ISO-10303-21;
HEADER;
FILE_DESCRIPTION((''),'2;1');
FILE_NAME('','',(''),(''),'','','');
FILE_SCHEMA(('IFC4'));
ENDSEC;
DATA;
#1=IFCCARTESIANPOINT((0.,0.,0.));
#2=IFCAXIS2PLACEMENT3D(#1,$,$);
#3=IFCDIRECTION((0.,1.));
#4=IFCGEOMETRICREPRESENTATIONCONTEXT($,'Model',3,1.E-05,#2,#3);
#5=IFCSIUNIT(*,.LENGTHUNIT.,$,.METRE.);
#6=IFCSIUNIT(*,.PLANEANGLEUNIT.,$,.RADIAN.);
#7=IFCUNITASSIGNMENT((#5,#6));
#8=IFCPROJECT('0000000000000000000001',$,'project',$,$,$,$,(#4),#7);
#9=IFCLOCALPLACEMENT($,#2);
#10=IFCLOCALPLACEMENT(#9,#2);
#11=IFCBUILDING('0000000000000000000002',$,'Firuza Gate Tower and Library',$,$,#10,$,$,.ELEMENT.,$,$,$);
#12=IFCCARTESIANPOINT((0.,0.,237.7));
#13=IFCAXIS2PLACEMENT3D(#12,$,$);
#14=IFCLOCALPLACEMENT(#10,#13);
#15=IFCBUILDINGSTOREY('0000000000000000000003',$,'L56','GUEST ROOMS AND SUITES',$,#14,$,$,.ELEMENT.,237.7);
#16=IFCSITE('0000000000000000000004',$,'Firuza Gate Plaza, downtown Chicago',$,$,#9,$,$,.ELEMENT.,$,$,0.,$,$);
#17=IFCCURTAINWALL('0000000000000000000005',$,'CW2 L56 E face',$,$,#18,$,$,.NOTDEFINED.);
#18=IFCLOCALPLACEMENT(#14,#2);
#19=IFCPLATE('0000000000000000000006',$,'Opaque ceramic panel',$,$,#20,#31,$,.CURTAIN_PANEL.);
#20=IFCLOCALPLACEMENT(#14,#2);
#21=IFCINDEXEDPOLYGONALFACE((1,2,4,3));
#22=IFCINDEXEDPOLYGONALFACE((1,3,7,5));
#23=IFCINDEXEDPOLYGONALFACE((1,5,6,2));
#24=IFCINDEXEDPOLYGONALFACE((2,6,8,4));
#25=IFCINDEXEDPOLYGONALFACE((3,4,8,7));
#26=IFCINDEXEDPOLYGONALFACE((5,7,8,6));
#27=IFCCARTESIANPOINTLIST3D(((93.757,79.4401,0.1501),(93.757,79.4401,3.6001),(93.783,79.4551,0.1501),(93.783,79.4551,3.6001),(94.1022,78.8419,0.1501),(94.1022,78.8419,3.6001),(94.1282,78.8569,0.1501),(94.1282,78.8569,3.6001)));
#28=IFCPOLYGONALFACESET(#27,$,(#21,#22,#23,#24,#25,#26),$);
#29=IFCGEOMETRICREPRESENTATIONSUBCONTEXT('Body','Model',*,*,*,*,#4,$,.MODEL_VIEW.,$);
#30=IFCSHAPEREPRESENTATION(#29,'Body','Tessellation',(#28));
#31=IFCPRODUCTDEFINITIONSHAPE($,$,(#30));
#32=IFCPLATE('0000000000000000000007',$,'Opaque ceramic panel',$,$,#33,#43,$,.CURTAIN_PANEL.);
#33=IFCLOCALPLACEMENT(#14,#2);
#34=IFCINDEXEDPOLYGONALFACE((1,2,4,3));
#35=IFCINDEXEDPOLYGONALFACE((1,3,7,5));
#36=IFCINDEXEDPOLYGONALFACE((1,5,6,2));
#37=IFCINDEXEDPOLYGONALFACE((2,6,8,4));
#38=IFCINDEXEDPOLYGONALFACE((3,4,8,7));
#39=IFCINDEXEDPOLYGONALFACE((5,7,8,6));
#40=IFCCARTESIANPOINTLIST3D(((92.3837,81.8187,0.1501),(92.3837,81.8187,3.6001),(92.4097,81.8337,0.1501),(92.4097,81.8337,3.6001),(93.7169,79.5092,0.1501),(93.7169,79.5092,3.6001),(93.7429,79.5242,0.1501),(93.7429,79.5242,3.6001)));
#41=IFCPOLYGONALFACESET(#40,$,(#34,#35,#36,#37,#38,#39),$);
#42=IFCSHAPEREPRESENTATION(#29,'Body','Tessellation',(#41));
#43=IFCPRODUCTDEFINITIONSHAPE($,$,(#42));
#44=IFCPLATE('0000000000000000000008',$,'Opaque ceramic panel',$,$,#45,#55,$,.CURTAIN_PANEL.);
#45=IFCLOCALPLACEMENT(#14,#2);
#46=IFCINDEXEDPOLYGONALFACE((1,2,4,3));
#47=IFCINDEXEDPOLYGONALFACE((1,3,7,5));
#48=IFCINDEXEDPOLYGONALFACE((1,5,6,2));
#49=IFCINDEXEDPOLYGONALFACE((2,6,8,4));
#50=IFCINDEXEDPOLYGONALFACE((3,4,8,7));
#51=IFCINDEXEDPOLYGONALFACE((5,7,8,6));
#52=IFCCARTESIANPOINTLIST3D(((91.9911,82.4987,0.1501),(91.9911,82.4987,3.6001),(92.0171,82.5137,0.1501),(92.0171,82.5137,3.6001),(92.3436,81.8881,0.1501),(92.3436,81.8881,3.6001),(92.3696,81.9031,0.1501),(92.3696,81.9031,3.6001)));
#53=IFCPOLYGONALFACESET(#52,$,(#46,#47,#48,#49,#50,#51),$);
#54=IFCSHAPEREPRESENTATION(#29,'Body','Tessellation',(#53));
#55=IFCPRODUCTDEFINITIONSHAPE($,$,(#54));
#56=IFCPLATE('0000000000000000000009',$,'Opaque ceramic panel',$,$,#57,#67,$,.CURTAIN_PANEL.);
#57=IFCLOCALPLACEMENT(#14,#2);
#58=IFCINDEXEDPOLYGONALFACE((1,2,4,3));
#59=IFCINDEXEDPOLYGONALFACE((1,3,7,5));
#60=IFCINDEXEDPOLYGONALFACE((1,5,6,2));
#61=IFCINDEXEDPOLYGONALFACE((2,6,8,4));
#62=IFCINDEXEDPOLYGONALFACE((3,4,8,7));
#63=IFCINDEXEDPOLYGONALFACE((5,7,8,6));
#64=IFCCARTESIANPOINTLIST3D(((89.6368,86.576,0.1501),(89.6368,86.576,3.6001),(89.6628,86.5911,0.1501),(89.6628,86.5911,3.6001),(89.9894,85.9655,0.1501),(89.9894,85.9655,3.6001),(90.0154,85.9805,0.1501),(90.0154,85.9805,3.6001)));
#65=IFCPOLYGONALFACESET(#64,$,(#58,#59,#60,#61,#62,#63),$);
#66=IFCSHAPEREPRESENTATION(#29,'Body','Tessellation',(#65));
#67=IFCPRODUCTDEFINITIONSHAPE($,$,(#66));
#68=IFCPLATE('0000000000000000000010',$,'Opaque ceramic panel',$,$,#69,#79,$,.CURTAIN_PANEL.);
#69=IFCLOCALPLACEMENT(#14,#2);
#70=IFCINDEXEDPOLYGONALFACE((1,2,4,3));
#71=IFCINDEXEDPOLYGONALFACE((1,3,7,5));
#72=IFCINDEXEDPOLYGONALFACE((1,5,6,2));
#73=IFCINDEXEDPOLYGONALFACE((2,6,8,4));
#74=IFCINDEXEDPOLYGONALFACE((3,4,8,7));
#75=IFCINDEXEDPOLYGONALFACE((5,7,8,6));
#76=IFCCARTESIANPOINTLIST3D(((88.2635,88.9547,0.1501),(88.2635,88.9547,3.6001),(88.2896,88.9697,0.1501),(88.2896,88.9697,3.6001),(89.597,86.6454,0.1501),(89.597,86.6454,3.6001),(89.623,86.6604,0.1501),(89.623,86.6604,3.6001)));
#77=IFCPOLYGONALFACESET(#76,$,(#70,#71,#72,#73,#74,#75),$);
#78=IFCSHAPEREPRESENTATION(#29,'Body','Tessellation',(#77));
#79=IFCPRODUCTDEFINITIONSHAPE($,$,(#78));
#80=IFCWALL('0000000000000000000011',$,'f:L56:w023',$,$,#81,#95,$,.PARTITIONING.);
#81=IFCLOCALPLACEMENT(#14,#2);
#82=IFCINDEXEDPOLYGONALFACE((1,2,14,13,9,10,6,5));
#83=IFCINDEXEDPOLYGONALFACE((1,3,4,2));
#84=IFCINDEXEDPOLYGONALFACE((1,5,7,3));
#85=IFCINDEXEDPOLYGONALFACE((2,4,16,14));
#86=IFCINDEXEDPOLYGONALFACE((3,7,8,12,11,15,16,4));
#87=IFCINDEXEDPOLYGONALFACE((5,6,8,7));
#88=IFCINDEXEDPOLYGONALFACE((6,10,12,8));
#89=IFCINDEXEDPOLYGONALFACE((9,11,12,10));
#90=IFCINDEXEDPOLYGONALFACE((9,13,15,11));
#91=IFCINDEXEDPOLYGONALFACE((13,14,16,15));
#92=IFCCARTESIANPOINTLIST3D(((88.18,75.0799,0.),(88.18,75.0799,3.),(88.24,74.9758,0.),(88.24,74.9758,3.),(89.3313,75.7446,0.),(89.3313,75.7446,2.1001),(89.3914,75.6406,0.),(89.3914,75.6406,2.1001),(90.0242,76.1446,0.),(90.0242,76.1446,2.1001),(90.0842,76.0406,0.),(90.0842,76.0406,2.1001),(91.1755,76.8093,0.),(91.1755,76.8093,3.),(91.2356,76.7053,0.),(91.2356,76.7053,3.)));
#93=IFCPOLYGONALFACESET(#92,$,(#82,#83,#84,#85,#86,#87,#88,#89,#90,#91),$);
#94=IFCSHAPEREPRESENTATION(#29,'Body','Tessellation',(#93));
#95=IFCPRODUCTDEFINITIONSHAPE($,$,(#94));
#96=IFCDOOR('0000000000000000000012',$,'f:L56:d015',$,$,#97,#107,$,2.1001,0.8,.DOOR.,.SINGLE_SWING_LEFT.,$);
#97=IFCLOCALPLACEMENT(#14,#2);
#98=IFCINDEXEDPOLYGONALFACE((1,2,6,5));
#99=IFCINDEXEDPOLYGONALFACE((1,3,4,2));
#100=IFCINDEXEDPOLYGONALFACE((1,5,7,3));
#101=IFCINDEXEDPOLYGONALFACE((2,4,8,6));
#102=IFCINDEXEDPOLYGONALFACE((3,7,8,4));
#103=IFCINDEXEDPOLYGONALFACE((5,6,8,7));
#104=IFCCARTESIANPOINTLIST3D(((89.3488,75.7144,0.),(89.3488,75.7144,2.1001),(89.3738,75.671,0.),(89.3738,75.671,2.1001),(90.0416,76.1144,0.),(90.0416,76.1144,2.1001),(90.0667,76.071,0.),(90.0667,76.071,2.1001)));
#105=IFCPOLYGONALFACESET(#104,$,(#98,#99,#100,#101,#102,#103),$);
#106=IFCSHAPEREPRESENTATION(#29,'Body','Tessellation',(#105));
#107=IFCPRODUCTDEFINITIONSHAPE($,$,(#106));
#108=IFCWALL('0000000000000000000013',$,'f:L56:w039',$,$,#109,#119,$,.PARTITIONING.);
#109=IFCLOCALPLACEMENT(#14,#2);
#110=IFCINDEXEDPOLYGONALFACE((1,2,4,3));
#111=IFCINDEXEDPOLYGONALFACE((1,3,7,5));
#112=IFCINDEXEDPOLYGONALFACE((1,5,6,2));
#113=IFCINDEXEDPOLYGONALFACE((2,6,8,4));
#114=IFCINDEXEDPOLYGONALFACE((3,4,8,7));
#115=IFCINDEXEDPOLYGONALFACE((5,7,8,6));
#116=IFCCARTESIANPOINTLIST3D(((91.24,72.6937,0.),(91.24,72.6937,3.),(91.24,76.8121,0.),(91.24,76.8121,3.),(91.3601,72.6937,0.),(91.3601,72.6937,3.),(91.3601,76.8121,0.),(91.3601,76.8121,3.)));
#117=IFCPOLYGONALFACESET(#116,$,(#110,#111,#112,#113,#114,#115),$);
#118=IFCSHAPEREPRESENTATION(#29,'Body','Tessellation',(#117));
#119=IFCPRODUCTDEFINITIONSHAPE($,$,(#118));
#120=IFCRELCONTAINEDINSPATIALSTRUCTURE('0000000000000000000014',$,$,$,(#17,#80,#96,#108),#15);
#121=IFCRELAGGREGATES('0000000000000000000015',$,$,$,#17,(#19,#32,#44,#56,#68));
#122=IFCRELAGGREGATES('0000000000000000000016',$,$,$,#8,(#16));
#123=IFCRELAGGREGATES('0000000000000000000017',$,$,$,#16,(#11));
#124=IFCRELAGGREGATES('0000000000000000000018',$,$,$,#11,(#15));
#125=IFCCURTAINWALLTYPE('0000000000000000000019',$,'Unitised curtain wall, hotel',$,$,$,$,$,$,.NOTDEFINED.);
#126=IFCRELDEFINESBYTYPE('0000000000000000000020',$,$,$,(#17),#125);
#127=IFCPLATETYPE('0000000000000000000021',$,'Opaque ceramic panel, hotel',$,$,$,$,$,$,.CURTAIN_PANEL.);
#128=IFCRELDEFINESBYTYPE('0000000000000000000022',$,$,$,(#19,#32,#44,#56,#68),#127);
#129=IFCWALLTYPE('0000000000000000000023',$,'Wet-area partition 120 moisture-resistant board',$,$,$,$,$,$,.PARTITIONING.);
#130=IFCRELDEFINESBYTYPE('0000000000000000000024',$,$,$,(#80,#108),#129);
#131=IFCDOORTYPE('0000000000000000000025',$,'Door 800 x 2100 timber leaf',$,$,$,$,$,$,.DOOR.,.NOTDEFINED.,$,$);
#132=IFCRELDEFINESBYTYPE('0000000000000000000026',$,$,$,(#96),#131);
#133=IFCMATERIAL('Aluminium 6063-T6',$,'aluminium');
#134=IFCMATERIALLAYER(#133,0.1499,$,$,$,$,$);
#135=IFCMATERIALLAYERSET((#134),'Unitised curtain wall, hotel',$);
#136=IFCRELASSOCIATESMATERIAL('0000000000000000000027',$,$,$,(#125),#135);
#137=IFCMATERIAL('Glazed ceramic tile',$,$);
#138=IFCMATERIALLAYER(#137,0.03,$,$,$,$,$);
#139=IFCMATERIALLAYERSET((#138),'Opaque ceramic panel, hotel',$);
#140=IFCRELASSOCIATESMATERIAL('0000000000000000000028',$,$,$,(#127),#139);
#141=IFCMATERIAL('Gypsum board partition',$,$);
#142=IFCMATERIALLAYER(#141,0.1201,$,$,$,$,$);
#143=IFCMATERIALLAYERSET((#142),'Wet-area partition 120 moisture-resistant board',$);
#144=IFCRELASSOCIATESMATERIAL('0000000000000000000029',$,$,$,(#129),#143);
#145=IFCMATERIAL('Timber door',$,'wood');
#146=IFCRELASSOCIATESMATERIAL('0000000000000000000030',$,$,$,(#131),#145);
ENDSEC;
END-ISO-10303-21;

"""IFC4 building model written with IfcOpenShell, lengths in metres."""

from ifc_helpers import new_model, si_unit, direction, frame, frame_2d, origin, place, context, subcontext, project, spatial, polyline, rectangle, outline, extrude, material, layer, layer_set, type_object, element, fill, aggregate, save


model = new_model("IFC4")

# Units and contexts
model_context = context("Model", 3, precision=1e-05, world=origin(), true_north=direction((0.0, 1.0)))
body_context = subcontext(model_context, "Body", "Model", "MODEL_VIEW")
ifc_project = project(units=[si_unit("LENGTHUNIT", "METRE"), si_unit("PLANEANGLEUNIT", "RADIAN")], contexts=[model_context])

# Site, building, storey
site_placement = place(None, origin())
site = spatial("IfcSite", under=ifc_project, at=site_placement, Name="Firuza Gate Plaza, downtown Chicago", CompositionType="ELEMENT", RefElevation=0.0)
building_placement = place(site_placement, origin())
building = spatial("IfcBuilding", under=site, at=building_placement, Name="Firuza Gate Tower and Library", CompositionType="ELEMENT")
storey_placement = place(building_placement, frame((0.0, 0.0, 237.7)))
storey = spatial("IfcBuildingStorey", under=building, at=storey_placement, Name="L56", Description="GUEST ROOMS AND SUITES", CompositionType="ELEMENT", Elevation=237.7)

# Curtain wall
ifc_material_1 = material(Name="Aluminium 6063-T6", Category="aluminium")
ifc_layer_1 = layer(ifc_material_1, 0.1499)
ifc_layer_set_1 = layer_set([ifc_layer_1], Name="Unitised curtain wall, hotel")
curtain_wall_type = type_object("IfcCurtainWallType", Name="Unitised curtain wall, hotel", PredefinedType="NOTDEFINED", material=ifc_layer_set_1)
curtain_wall_placement = place(storey_placement, origin())
curtain_wall = element("IfcCurtainWall", 1, at=curtain_wall_placement, inside=storey, type_object=curtain_wall_type, Name="CW2 L56 E face", PredefinedType="NOTDEFINED")

# Plates
ifc_material_2 = material(Name="Glazed ceramic tile")
ifc_layer_2 = layer(ifc_material_2, 0.03)
ifc_layer_set_2 = layer_set([ifc_layer_2], Name="Opaque ceramic panel, hotel")
plate_type_1 = type_object("IfcPlateType", Name="Opaque ceramic panel, hotel", PredefinedType="CURTAIN_PANEL", material=ifc_layer_set_2)
plate_1_placement = place(storey_placement, frame((94.1282, 78.8569, 0.1501), z_axis=(0.866103, 0.499865, 0.0), x_axis=(-0.499865, 0.866103, 0.0)))
plate_1 = element("IfcPlate", 2, at=plate_1_placement, type_object=plate_type_1, Name="Opaque ceramic panel", PredefinedType="CURTAIN_PANEL", context=body_context, shape_type="SweptSolid", body=[
    extrude(outline(polyline([(0.0, 0.0), (0.6906, 0.0), (0.6906, 3.45), (0.0, 3.45), (0.0, 0.0)])), origin(), (0.0, 0.0, -1.0), 0.03),
])
plate_2_placement = place(storey_placement, frame((93.7429, 79.5242, 0.1501), z_axis=(0.866054, 0.49995, 0.0), x_axis=(-0.49995, 0.866054, 0.0)))
plate_2 = element("IfcPlate", 3, at=plate_2_placement, type_object=plate_type_1, Name="Opaque ceramic panel", PredefinedType="CURTAIN_PANEL", context=body_context, shape_type="SweptSolid", body=[
    extrude(outline(polyline([(0.0, 0.0), (2.6668, 0.0), (2.6668, 3.45), (0.0, 3.45), (0.0, 0.0)])), origin(), (0.0, 0.0, -1.0), 0.03),
])
plate_3_placement = place(storey_placement, frame((92.3696, 81.9031, 0.1501), z_axis=(0.866018, 0.500012, 0.0), x_axis=(-0.500012, 0.866018, 0.0)))
plate_3 = element("IfcPlate", 4, at=plate_3_placement, type_object=plate_type_1, Name="Opaque ceramic panel", PredefinedType="CURTAIN_PANEL", context=body_context, shape_type="SweptSolid", body=[
    extrude(outline(polyline([(0.0, 0.0), (0.7051, 0.0), (0.7051, 3.45), (0.0, 3.45), (0.0, 0.0)])), origin(), (0.0, 0.0, -1.0), 0.03),
])
plate_4_placement = place(storey_placement, frame((90.0154, 85.9805, 0.1501), z_axis=(0.866018, 0.500012, 0.0), x_axis=(-0.500012, 0.866018, 0.0)))
plate_4 = element("IfcPlate", 5, at=plate_4_placement, type_object=plate_type_1, Name="Opaque ceramic panel", PredefinedType="CURTAIN_PANEL", context=body_context, shape_type="SweptSolid", body=[
    extrude(outline(polyline([(0.0, 0.0), (0.7051, 0.0), (0.7051, 3.45), (0.0, 3.45), (0.0, 0.0)])), origin(), (0.0, 0.0, -1.0), 0.03),
])
plate_5_placement = place(storey_placement, frame((89.623, 86.6604, 0.1501), z_axis=(0.865992, 0.500058, 0.0), x_axis=(-0.500058, 0.865992, 0.0)))
plate_5 = element("IfcPlate", 6, at=plate_5_placement, type_object=plate_type_1, Name="Opaque ceramic panel", PredefinedType="CURTAIN_PANEL", context=body_context, shape_type="SweptSolid", body=[
    extrude(outline(polyline([(0.0, 0.0), (2.6667, 0.0), (2.6667, 3.45), (0.0, 3.45), (0.0, 0.0)])), origin(), (0.0, 0.0, -1.0), 0.03),
])
aggregate(curtain_wall, [plate_1, plate_2, plate_3, plate_4, plate_5])

# Wall, opening, door
ifc_material_3 = material(Name="Gypsum board partition")
ifc_layer_3 = layer(ifc_material_3, 0.1201)
ifc_layer_set_3 = layer_set([ifc_layer_3], Name="Wet-area partition 120 moisture-resistant board")
wall_type = type_object("IfcWallType", Name="Wet-area partition 120 moisture-resistant board", PredefinedType="PARTITIONING", material=ifc_layer_set_3)
wall_1_placement = place(storey_placement, frame((91.2056, 76.7573, 0.0), z_axis=(0.0, 0.0, 1.0), x_axis=(-0.866028, -0.499995, 0.0)))
wall_1 = element("IfcWall", 7, at=wall_1_placement, inside=storey, type_object=wall_type, Name="f:L56:w023", PredefinedType="PARTITIONING", context=body_context, shape_type="SweptSolid", body=[
    extrude(rectangle(XDim=3.459, YDim=0.1201, at=frame_2d((1.7295, 0.0))), origin(), (0.0, 0.0, 1.0), 3.0),
])
opening_placement = place(wall_1_placement, frame((1.3296, 0.0, 0.0)))
opening = element("IfcOpeningElement", 8, at=opening_placement, cuts=wall_1, PredefinedType="OPENING", context=body_context, shape_type="SweptSolid", body=[
    extrude(rectangle(XDim=0.8, YDim=2.1001, at=frame_2d((0.3999, 1.05))), frame((0.0, 0.0701, 0.0), z_axis=(0.0, -1.0, 0.0), x_axis=(1.0, 0.0, 0.0)), (0.0, 0.0, 1.0), 0.1401),
])
ifc_material_4 = material(Name="Timber door", Category="wood")
door_type = type_object("IfcDoorType", Name="Door 800 x 2100 timber leaf", OperationType="NOTDEFINED", PredefinedType="DOOR", material=ifc_material_4)
door_placement = place(opening_placement, origin())
door = element("IfcDoor", 9, at=door_placement, inside=storey, type_object=door_type, Name="f:L56:d015", OperationType="SINGLE_SWING_LEFT", OverallHeight=2.1001, OverallWidth=0.8, PredefinedType="DOOR", context=body_context, shape_type="SweptSolid", body=[
    extrude(rectangle(XDim=0.8, YDim=2.1001, at=frame_2d((0.3999, 1.05))), frame((0.0, 0.0249, 0.0), z_axis=(0.0, -1.0, 0.0), x_axis=(1.0, 0.0, 0.0)), (0.0, 0.0, 1.0), 0.05),
])
fill(opening, door)

# Wall
wall_2_placement = place(storey_placement, frame((91.3, 72.6938, 0.0), z_axis=(0.0, 0.0, 1.0), x_axis=(0.0, 1.0, 0.0)))
element("IfcWall", 10, at=wall_2_placement, inside=storey, type_object=wall_type, Name="f:L56:w039", PredefinedType="PARTITIONING", context=body_context, shape_type="SweptSolid", body=[
    extrude(rectangle(XDim=4.1184, YDim=0.1201, at=frame_2d((2.0591, 0.0))), origin(), (0.0, 0.0, 1.0), 3.0),
])

save(model, "model.ifc")
